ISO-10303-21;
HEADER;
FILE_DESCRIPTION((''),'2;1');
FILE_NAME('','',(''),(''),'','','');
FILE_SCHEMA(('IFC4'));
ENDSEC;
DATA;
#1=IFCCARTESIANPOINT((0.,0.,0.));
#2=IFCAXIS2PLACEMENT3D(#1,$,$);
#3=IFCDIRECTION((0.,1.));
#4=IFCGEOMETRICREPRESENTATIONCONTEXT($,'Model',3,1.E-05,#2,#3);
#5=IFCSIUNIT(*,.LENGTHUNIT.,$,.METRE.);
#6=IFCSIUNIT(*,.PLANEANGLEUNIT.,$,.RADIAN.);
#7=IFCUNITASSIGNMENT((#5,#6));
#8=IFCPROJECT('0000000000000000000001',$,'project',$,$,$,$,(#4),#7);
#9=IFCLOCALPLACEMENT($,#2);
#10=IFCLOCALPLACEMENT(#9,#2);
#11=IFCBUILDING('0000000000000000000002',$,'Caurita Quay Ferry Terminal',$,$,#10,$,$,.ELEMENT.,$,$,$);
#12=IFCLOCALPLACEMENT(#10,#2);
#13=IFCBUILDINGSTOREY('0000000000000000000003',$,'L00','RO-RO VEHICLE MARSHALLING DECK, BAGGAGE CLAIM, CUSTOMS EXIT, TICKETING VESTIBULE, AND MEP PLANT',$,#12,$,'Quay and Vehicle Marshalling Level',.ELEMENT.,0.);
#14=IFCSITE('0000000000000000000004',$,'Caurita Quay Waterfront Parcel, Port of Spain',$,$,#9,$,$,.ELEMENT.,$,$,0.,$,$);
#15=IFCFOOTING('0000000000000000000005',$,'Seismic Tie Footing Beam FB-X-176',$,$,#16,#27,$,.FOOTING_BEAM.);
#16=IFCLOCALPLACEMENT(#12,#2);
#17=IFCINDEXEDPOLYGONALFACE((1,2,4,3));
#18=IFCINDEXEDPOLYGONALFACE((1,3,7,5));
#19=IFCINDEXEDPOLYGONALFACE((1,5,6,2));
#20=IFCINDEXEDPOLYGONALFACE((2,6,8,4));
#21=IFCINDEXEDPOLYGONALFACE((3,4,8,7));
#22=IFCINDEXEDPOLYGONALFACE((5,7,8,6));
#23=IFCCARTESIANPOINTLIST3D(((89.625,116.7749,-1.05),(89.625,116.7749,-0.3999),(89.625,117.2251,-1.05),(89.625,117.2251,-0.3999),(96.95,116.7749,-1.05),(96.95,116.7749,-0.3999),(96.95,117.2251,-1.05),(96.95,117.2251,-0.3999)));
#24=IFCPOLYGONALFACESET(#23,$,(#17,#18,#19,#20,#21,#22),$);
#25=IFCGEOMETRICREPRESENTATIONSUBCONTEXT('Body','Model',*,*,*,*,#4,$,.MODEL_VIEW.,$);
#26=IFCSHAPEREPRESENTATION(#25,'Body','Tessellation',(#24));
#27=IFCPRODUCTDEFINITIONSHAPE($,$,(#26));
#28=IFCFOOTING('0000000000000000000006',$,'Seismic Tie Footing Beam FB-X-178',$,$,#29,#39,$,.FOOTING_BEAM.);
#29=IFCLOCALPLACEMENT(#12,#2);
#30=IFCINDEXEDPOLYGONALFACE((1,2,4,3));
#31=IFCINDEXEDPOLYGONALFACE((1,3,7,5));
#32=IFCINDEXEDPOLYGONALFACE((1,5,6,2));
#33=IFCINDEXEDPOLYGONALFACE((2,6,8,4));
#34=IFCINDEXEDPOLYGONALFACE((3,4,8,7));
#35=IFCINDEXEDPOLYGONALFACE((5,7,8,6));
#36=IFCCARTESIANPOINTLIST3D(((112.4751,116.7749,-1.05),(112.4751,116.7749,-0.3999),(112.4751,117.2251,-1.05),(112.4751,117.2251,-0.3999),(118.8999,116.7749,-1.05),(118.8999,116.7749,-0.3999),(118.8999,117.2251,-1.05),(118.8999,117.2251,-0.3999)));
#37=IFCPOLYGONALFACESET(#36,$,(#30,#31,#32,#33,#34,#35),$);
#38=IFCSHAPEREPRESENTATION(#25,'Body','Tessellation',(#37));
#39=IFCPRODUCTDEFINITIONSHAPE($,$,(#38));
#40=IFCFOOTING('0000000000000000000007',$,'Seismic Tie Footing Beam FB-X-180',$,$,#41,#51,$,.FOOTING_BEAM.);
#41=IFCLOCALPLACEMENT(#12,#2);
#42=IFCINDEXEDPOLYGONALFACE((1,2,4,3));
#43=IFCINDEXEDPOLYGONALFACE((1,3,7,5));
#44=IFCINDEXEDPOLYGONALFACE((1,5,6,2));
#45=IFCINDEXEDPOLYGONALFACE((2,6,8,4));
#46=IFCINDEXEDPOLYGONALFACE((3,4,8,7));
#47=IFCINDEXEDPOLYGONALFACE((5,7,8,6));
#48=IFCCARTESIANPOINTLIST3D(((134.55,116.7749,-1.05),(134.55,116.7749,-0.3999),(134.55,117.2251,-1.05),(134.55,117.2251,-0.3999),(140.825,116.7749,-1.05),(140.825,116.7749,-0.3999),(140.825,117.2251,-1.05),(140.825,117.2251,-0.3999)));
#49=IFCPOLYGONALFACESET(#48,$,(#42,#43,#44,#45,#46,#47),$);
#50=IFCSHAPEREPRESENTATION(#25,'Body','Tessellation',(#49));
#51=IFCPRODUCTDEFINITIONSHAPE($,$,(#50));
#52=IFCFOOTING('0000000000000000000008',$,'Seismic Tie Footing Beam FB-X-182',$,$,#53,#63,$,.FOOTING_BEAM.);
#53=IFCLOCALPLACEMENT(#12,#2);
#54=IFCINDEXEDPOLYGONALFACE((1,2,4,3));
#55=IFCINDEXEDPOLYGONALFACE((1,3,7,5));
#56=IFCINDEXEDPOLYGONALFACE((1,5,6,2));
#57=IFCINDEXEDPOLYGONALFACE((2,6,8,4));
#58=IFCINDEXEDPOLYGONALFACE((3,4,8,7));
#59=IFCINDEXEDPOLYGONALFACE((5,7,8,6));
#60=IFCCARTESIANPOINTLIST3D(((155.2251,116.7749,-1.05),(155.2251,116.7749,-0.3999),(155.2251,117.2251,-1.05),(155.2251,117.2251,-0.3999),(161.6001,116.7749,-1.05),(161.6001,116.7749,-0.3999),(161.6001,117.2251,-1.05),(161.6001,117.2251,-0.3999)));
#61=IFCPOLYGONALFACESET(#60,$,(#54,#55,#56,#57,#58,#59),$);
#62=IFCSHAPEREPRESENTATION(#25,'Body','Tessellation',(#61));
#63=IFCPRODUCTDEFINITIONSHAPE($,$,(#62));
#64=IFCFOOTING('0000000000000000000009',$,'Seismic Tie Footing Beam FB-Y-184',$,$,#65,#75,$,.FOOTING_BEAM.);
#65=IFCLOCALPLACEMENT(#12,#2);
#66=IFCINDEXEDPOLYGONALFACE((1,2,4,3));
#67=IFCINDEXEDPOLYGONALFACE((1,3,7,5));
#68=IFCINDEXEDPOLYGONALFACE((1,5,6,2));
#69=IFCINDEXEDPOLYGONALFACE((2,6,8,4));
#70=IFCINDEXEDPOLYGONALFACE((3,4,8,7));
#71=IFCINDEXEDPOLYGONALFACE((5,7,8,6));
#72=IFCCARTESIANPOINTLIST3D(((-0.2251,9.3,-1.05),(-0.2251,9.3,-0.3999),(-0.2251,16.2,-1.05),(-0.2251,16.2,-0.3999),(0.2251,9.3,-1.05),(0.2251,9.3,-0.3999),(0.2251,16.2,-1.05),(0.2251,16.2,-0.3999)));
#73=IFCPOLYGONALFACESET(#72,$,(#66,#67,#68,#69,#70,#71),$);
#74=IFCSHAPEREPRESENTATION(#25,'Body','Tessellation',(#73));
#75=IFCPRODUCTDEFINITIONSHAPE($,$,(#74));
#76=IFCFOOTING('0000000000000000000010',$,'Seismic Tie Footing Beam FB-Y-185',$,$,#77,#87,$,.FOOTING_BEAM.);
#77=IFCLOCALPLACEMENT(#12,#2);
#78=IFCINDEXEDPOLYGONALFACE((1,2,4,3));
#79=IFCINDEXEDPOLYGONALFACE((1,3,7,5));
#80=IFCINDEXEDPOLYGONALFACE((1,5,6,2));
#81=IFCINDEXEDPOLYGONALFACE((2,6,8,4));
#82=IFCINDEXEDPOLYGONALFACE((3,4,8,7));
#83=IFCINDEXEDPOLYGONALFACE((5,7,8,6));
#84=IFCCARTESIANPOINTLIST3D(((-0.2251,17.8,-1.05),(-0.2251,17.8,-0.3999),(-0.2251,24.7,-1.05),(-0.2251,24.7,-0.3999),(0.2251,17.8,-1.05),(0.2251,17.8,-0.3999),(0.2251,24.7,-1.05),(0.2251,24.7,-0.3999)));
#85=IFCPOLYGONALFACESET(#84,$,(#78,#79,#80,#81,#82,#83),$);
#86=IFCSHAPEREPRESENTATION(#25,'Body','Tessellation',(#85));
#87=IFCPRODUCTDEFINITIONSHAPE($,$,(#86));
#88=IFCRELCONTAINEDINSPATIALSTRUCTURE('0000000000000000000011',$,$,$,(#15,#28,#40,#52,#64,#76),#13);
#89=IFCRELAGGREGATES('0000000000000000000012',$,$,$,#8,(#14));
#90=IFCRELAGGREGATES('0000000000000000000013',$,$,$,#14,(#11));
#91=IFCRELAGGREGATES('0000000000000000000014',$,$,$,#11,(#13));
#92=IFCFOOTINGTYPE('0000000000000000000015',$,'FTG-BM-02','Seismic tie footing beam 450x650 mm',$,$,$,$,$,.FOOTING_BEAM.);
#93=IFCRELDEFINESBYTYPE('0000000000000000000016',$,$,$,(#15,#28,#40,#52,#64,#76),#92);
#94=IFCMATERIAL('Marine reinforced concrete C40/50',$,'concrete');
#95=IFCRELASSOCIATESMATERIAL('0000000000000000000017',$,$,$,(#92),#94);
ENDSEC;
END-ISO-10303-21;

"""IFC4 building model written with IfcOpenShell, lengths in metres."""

from ifc_helpers import new_model, si_unit, direction, frame, origin, place, context, subcontext, project, spatial, polyline, outline, extrude, material, type_object, element, save


model = new_model("IFC4")

# Units and contexts
model_context = context("Model", 3, precision=1e-05, world=origin(), true_north=direction((0.0, 1.0)))
body_context = subcontext(model_context, "Body", "Model", "MODEL_VIEW")
ifc_project = project(units=[si_unit("LENGTHUNIT", "METRE"), si_unit("PLANEANGLEUNIT", "RADIAN")], contexts=[model_context])

# Site, building, storey
site_placement = place(None, origin())
site = spatial("IfcSite", under=ifc_project, at=site_placement, Name="Caurita Quay Waterfront Parcel, Port of Spain", CompositionType="ELEMENT", RefElevation=0.0)
building_placement = place(site_placement, origin())
building = spatial("IfcBuilding", under=site, at=building_placement, Name="Caurita Quay Ferry Terminal", CompositionType="ELEMENT")
storey_placement = place(building_placement, origin())
storey = spatial("IfcBuildingStorey", under=building, at=storey_placement, Name="L00", Description="RO-RO VEHICLE MARSHALLING DECK, BAGGAGE CLAIM, CUSTOMS EXIT, TICKETING VESTIBULE, AND MEP PLANT", LongName="Quay and Vehicle Marshalling Level", CompositionType="ELEMENT", Elevation=0.0)

# Footings
ifc_material = material(Name="Marine reinforced concrete C40/50", Category="concrete")
footing_type = type_object("IfcFootingType", Name="FTG-BM-02", Description="Seismic tie footing beam 450x650 mm", PredefinedType="FOOTING_BEAM", material=ifc_material)
footing_1_placement = place(storey_placement, frame((0.0, 0.0, -1.05)))
element("IfcFooting", 1, at=footing_1_placement, inside=storey, type_object=footing_type, Name="Seismic Tie Footing Beam FB-X-176", PredefinedType="FOOTING_BEAM", context=body_context, shape_type="SweptSolid", body=[
    extrude(outline(polyline([(89.625, 116.7749), (96.95, 116.7749), (96.95, 117.2251), (89.625, 117.2251), (89.625, 116.7749)])), origin(), (0.0, 0.0, 1.0), 0.6501),
])
footing_2_placement = place(storey_placement, frame((0.0, 0.0, -1.05)))
element("IfcFooting", 2, at=footing_2_placement, inside=storey, type_object=footing_type, Name="Seismic Tie Footing Beam FB-X-178", PredefinedType="FOOTING_BEAM", context=body_context, shape_type="SweptSolid", body=[
    extrude(outline(polyline([(112.4751, 116.7749), (118.8999, 116.7749), (118.8999, 117.2251), (112.4751, 117.2251), (112.4751, 116.7749)])), origin(), (0.0, 0.0, 1.0), 0.6501),
])
footing_3_placement = place(storey_placement, frame((0.0, 0.0, -1.05)))
element("IfcFooting", 3, at=footing_3_placement, inside=storey, type_object=footing_type, Name="Seismic Tie Footing Beam FB-X-180", PredefinedType="FOOTING_BEAM", context=body_context, shape_type="SweptSolid", body=[
    extrude(outline(polyline([(134.55, 116.7749), (140.825, 116.7749), (140.825, 117.2251), (134.55, 117.2251), (134.55, 116.7749)])), origin(), (0.0, 0.0, 1.0), 0.6501),
])
footing_4_placement = place(storey_placement, frame((0.0, 0.0, -1.05)))
element("IfcFooting", 4, at=footing_4_placement, inside=storey, type_object=footing_type, Name="Seismic Tie Footing Beam FB-X-182", PredefinedType="FOOTING_BEAM", context=body_context, shape_type="SweptSolid", body=[
    extrude(outline(polyline([(155.2251, 116.7749), (161.6001, 116.7749), (161.6001, 117.2251), (155.2251, 117.2251), (155.2251, 116.7749)])), origin(), (0.0, 0.0, 1.0), 0.6501),
])
footing_5_placement = place(storey_placement, frame((0.0, 0.0, -1.05)))
element("IfcFooting", 5, at=footing_5_placement, inside=storey, type_object=footing_type, Name="Seismic Tie Footing Beam FB-Y-184", PredefinedType="FOOTING_BEAM", context=body_context, shape_type="SweptSolid", body=[
    extrude(outline(polyline([(-0.2251, 9.3), (0.2251, 9.3), (0.2251, 16.2), (-0.2251, 16.2), (-0.2251, 9.3)])), origin(), (0.0, 0.0, 1.0), 0.6501),
])
footing_6_placement = place(storey_placement, frame((0.0, 0.0, -1.05)))
element("IfcFooting", 6, at=footing_6_placement, inside=storey, type_object=footing_type, Name="Seismic Tie Footing Beam FB-Y-185", PredefinedType="FOOTING_BEAM", context=body_context, shape_type="SweptSolid", body=[
    extrude(outline(polyline([(-0.2251, 17.8), (0.2251, 17.8), (0.2251, 24.7), (-0.2251, 24.7), (-0.2251, 17.8)])), origin(), (0.0, 0.0, 1.0), 0.6501),
])

save(model, "model.ifc")
